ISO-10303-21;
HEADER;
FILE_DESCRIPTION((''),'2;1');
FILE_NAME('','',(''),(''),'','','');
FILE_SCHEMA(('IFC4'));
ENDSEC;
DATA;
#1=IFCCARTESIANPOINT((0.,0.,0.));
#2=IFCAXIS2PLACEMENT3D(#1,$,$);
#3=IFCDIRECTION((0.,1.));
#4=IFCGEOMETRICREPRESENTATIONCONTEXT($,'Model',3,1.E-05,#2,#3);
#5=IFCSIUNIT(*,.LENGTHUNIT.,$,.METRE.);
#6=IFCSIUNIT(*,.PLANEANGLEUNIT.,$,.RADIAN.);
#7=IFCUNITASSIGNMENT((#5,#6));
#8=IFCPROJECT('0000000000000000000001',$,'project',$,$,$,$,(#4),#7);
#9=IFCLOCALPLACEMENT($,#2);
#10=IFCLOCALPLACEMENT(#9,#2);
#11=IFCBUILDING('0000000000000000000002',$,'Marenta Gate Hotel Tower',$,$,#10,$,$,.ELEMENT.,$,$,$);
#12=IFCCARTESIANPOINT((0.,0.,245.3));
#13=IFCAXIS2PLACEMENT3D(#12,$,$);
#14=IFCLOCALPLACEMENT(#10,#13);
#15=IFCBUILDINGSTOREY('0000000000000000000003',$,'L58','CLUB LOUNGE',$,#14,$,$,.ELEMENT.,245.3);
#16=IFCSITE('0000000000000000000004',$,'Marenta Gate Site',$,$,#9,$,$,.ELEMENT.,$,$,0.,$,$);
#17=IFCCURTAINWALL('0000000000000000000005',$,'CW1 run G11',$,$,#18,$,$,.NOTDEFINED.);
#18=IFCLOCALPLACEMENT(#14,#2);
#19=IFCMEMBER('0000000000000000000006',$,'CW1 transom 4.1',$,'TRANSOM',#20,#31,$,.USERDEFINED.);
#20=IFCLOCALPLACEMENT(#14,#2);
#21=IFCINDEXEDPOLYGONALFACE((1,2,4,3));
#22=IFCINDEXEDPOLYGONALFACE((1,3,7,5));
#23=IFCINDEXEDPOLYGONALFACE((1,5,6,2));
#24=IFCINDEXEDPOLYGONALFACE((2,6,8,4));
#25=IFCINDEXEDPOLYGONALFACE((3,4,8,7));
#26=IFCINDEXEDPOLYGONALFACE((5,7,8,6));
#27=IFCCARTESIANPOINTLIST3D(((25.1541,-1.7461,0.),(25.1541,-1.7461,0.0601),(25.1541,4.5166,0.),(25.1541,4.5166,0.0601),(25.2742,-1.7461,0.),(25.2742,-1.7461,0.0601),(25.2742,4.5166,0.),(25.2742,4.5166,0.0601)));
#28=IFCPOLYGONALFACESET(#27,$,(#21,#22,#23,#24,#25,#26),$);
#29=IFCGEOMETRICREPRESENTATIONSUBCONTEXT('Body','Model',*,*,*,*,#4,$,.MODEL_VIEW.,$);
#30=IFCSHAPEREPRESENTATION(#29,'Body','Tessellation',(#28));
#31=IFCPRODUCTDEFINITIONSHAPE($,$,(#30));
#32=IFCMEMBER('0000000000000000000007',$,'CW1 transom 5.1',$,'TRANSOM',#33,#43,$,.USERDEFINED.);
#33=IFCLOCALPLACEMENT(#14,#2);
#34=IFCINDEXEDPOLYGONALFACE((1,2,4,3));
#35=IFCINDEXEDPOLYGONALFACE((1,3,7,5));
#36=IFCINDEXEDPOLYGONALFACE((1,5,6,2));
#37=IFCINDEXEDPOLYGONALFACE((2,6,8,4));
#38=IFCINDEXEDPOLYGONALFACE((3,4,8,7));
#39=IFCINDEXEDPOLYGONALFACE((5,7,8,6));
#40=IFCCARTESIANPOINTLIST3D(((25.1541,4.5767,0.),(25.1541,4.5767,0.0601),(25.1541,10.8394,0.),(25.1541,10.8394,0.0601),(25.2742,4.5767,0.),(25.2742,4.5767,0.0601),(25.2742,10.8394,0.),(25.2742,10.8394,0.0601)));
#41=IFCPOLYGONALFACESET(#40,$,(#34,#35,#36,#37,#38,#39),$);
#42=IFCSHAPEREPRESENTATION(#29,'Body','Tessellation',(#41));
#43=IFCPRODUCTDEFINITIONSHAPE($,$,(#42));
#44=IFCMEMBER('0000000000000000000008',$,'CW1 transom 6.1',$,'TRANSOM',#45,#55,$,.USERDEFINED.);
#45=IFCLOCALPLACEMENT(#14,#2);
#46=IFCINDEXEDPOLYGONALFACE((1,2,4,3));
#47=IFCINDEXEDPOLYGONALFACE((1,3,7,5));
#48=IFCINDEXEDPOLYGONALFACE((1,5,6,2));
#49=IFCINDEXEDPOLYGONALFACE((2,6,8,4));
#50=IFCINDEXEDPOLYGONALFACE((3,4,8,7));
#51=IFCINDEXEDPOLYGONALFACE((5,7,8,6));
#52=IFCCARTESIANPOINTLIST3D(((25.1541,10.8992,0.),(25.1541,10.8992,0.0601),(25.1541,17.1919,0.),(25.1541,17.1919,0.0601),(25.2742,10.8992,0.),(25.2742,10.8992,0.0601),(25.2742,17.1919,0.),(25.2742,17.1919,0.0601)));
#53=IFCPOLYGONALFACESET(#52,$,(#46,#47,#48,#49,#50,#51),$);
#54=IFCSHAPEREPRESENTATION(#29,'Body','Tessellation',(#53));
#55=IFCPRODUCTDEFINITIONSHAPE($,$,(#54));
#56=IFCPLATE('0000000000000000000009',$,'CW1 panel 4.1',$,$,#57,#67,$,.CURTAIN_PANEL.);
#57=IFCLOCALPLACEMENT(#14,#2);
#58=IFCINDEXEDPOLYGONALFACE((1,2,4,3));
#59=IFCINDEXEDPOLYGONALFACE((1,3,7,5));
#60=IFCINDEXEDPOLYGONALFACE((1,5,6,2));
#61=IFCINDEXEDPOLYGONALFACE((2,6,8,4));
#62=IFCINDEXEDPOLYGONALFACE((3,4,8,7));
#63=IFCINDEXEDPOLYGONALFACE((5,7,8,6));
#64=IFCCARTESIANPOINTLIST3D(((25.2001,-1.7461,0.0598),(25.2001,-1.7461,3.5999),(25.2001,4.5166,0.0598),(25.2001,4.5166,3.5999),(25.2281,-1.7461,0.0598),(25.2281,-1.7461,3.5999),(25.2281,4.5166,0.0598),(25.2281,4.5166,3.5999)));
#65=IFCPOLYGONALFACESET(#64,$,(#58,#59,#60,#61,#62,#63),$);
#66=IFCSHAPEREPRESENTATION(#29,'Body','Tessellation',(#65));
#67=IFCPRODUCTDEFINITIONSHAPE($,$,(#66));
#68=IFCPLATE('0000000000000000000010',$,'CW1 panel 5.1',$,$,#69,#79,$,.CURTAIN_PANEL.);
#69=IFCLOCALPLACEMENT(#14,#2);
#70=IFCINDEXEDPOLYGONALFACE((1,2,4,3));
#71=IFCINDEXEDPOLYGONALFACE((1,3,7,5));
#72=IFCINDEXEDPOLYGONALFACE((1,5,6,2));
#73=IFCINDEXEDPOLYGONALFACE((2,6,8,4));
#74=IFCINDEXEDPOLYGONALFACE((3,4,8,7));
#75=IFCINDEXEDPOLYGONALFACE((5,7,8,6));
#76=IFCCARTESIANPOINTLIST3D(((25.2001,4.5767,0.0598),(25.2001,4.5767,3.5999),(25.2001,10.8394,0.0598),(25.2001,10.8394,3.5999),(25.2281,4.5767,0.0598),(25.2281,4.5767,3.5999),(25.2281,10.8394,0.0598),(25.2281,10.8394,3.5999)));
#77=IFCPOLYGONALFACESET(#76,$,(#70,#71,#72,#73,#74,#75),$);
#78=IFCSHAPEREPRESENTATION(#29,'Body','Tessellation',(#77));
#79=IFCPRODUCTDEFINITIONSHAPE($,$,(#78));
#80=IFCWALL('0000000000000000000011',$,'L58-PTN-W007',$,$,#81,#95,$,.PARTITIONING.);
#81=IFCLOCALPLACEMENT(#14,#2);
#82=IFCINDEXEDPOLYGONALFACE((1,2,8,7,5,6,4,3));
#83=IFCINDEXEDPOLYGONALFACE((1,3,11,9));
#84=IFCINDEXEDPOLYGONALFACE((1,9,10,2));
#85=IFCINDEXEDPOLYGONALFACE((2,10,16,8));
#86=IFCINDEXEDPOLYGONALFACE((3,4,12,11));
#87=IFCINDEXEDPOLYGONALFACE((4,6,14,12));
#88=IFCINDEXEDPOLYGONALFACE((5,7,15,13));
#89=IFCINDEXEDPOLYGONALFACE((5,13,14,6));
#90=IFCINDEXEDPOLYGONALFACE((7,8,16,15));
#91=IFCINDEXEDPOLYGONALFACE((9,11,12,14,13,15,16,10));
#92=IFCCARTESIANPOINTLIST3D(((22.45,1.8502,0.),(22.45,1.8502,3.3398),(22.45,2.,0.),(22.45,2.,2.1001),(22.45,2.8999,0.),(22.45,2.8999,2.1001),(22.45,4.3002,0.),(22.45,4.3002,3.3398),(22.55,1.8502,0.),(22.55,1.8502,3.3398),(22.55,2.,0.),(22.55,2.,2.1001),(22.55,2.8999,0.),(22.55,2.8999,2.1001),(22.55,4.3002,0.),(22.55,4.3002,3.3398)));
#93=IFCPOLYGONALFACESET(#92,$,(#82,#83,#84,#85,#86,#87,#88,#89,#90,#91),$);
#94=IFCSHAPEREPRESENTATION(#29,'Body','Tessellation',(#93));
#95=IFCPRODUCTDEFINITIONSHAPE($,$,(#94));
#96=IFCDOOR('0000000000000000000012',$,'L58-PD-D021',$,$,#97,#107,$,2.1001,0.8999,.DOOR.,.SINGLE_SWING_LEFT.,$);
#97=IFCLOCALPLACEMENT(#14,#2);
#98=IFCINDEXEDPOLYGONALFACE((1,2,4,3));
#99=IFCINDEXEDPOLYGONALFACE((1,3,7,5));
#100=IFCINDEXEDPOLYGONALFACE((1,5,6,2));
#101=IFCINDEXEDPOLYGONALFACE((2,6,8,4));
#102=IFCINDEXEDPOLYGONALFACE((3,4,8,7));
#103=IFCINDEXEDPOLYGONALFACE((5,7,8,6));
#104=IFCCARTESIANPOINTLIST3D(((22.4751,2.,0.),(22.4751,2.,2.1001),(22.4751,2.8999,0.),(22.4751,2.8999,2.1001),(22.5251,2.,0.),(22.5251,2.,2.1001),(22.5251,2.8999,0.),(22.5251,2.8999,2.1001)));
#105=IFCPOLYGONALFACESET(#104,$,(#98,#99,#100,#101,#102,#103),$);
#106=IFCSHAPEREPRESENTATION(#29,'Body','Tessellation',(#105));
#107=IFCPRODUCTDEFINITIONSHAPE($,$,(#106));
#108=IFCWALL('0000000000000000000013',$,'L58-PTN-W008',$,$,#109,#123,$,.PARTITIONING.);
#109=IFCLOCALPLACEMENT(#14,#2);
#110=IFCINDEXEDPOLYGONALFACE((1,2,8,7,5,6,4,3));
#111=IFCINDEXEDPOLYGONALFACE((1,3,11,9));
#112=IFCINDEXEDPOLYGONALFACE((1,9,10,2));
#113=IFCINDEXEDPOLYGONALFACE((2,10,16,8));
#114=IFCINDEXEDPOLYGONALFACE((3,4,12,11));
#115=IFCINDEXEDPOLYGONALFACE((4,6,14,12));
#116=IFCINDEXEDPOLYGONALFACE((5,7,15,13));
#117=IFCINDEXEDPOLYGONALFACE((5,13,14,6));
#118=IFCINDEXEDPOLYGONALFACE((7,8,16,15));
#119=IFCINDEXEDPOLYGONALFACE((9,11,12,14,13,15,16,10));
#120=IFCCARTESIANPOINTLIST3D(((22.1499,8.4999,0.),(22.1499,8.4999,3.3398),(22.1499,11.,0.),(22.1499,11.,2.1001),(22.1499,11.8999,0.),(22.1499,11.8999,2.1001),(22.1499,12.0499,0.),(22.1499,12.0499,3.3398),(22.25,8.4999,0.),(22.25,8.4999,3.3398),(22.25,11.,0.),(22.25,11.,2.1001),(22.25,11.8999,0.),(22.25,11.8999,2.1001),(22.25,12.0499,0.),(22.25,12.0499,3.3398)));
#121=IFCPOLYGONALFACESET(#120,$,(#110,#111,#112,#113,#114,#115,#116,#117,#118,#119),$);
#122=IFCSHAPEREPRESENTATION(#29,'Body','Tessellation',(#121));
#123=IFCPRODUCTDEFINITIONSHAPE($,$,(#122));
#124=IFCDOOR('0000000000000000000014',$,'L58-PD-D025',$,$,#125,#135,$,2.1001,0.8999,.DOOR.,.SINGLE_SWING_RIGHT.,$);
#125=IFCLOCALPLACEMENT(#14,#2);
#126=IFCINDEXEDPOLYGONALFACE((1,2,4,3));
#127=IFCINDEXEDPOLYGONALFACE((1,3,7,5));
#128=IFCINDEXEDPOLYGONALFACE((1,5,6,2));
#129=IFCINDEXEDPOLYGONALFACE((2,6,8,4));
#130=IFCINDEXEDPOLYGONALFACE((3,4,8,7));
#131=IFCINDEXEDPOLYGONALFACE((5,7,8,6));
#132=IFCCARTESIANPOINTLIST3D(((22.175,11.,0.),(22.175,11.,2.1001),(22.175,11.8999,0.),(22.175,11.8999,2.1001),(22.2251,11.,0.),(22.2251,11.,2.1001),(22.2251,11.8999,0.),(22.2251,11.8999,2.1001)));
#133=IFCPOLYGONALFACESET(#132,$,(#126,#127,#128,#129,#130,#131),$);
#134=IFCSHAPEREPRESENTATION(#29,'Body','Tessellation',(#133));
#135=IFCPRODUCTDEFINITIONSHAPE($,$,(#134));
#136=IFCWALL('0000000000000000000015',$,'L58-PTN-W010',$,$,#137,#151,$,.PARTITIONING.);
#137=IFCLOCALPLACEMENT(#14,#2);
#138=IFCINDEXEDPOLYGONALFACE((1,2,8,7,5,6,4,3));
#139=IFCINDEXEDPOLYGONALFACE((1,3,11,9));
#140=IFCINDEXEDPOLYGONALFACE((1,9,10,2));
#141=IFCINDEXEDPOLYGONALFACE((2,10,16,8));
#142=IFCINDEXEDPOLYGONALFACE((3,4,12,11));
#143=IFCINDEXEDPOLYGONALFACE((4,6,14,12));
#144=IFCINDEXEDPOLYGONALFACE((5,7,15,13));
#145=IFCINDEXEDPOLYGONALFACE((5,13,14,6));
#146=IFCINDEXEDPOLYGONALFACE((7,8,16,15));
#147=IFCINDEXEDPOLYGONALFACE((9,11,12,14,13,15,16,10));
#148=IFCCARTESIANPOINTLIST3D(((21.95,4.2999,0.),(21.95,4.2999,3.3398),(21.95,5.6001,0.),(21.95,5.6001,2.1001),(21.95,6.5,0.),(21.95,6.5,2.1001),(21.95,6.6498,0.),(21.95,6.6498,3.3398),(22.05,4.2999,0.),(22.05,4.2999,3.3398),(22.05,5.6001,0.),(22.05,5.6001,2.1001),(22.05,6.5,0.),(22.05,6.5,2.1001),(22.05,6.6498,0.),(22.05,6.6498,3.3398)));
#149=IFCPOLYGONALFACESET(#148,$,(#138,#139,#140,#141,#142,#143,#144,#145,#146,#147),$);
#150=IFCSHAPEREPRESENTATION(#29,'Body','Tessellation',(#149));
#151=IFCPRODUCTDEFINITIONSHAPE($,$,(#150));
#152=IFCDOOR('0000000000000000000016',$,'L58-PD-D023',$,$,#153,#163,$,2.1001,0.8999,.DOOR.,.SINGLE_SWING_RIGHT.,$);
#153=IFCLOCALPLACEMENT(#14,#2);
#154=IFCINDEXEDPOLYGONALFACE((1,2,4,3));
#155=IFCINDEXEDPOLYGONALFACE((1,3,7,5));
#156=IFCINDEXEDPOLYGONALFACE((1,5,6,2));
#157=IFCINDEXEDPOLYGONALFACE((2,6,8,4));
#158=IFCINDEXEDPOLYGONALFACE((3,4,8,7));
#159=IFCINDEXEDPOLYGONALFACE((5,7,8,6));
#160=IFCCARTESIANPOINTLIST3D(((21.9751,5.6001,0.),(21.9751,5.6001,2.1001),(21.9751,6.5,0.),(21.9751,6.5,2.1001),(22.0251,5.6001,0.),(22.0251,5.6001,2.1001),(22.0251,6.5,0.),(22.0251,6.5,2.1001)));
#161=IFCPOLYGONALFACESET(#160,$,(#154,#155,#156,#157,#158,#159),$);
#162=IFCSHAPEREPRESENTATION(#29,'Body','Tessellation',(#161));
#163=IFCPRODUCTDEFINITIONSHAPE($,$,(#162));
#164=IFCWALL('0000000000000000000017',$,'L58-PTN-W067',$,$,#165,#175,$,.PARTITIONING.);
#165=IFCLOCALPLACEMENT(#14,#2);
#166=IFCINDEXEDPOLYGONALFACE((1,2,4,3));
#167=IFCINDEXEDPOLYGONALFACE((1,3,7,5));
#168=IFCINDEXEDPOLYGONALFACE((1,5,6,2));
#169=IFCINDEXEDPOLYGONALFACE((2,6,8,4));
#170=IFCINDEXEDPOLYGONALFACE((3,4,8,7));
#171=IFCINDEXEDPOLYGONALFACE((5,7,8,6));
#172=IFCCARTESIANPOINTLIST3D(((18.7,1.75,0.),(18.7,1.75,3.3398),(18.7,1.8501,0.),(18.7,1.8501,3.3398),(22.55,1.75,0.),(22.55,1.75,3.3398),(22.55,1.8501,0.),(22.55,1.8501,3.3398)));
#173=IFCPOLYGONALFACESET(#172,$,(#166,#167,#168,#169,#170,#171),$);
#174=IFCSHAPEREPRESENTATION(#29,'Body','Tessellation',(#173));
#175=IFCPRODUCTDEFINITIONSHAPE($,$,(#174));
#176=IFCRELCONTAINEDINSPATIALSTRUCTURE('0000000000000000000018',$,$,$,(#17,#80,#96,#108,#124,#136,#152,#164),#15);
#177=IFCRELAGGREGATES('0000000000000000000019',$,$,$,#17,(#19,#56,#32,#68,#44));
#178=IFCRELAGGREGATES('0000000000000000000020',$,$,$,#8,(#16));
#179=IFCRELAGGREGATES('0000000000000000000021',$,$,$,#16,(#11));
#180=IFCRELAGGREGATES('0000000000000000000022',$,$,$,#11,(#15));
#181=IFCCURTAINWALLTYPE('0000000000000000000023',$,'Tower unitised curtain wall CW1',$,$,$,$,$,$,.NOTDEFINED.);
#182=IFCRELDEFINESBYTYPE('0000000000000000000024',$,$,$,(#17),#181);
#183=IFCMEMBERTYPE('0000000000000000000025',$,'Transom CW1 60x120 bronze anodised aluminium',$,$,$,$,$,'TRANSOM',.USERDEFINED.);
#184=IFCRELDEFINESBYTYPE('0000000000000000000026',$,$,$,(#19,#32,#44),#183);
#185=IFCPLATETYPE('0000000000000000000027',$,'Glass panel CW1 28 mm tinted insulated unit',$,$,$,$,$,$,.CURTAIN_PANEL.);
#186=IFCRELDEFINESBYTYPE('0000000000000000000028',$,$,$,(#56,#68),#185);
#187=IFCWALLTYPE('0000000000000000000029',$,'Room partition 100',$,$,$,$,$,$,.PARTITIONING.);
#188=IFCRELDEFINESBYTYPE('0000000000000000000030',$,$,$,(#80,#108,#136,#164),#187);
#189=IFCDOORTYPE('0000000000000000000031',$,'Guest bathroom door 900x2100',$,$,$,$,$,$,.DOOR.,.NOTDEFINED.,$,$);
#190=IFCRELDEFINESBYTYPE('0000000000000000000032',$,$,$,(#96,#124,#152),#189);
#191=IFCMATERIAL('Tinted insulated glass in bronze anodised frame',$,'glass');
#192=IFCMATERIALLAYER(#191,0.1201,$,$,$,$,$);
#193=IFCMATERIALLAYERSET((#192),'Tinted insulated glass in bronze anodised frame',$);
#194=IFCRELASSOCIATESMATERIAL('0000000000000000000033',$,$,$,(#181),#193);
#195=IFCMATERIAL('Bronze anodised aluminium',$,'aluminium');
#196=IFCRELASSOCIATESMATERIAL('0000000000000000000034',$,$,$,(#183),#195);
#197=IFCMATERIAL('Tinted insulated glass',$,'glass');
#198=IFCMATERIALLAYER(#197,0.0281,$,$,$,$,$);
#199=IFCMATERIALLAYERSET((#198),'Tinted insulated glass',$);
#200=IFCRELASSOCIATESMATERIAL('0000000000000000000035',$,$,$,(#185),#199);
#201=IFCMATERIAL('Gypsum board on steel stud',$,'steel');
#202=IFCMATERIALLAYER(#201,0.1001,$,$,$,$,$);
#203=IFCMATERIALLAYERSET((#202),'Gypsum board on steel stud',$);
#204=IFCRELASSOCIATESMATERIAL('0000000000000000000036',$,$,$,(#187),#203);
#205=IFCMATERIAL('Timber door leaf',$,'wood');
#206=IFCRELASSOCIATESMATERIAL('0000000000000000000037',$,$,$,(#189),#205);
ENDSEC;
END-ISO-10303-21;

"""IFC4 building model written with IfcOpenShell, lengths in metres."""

from ifc_helpers import new_model, si_unit, direction, frame, frame_2d, origin, origin_2d, place, context, subcontext, project, spatial, rectangle, extrude, material, layer, layer_set, material_profile, profile_set, type_object, element, fill, aggregate, save


model = new_model("IFC4")

# Units and contexts
model_context = context("Model", 3, precision=1e-05, world=origin(), true_north=direction((0.0, 1.0)))
body_context = subcontext(model_context, "Body", "Model", "MODEL_VIEW")
ifc_project = project(units=[si_unit("LENGTHUNIT", "METRE"), si_unit("PLANEANGLEUNIT", "RADIAN")], contexts=[model_context])

# Site, building, storey
site_placement = place(None, origin())
site = spatial("IfcSite", under=ifc_project, at=site_placement, Name="Marenta Gate Site", CompositionType="ELEMENT", RefElevation=0.0)
building_placement = place(site_placement, origin())
building = spatial("IfcBuilding", under=site, at=building_placement, Name="Marenta Gate Hotel Tower", CompositionType="ELEMENT")
storey_placement = place(building_placement, frame((0.0, 0.0, 245.3)))
storey = spatial("IfcBuildingStorey", under=building, at=storey_placement, Name="L58", Description="CLUB LOUNGE", CompositionType="ELEMENT", Elevation=245.3)

# Curtain wall, members, plates
ifc_material_1 = material(Name="Tinted insulated glass in bronze anodised frame", Category="glass")
ifc_layer_1 = layer(ifc_material_1, 0.1201)
ifc_layer_set_1 = layer_set([ifc_layer_1], Name="Tinted insulated glass in bronze anodised frame")
curtain_wall_type = type_object("IfcCurtainWallType", Name="Tower unitised curtain wall CW1", PredefinedType="NOTDEFINED", material=ifc_layer_set_1)
curtain_wall_placement = place(storey_placement, origin())
curtain_wall = element("IfcCurtainWall", 1, at=curtain_wall_placement, inside=storey, type_object=curtain_wall_type, Name="CW1 run G11", PredefinedType="NOTDEFINED")
ifc_material_2 = material(Name="Bronze anodised aluminium", Category="aluminium")
ifc_material_profile_1 = material_profile(ifc_material_2, rectangle(XDim=0.1201, YDim=0.0601, at=origin_2d()), Name="Transom CW1 60x120 bronze anodised aluminium")
ifc_profile_set_1 = profile_set([ifc_material_profile_1], Name="Bronze anodised aluminium")
member_type_1 = type_object("IfcMemberType", Name="Transom CW1 60x120 bronze anodised aluminium", ElementType="TRANSOM", PredefinedType="USERDEFINED", material=ifc_profile_set_1)
member_1_placement = place(storey_placement, frame((25.2141, -1.7461, 0.03), z_axis=(0.0, 1.0, 0.0), x_axis=(-1.0, 0.0, 0.0)))
member_1 = element("IfcMember", 2, at=member_1_placement, type_object=member_type_1, Name="CW1 transom 4.1", ObjectType="TRANSOM", PredefinedType="USERDEFINED", context=body_context, shape_type="SweptSolid", body=[
    extrude(rectangle(XDim=0.1201, YDim=0.0601, at=origin_2d()), origin(), (0.0, 0.0, 1.0), 6.2627),
])
member_2_placement = place(storey_placement, frame((25.2141, 4.5767, 0.03), z_axis=(0.0, 1.0, 0.0), x_axis=(-1.0, 0.0, 0.0)))
member_2 = element("IfcMember", 3, at=member_2_placement, type_object=member_type_1, Name="CW1 transom 5.1", ObjectType="TRANSOM", PredefinedType="USERDEFINED", context=body_context, shape_type="SweptSolid", body=[
    extrude(rectangle(XDim=0.1201, YDim=0.0601, at=origin_2d()), origin(), (0.0, 0.0, 1.0), 6.2627),
])
member_3_placement = place(storey_placement, frame((25.2141, 10.8992, 0.03), z_axis=(0.0, 1.0, 0.0), x_axis=(-1.0, 0.0, 0.0)))
member_3 = element("IfcMember", 4, at=member_3_placement, type_object=member_type_1, Name="CW1 transom 6.1", ObjectType="TRANSOM", PredefinedType="USERDEFINED", context=body_context, shape_type="SweptSolid", body=[
    extrude(rectangle(XDim=0.1201, YDim=0.0601, at=origin_2d()), origin(), (0.0, 0.0, 1.0), 6.2927),
])
ifc_material_3 = material(Name="Tinted insulated glass", Category="glass")
ifc_layer_2 = layer(ifc_material_3, 0.0281)
ifc_layer_set_2 = layer_set([ifc_layer_2], Name="Tinted insulated glass")
plate_type = type_object("IfcPlateType", Name="Glass panel CW1 28 mm tinted insulated unit", PredefinedType="CURTAIN_PANEL", material=ifc_layer_set_2)
plate_1_placement = place(storey_placement, frame((25.2141, 1.3853, 0.0598), z_axis=(0.0, 0.0, 1.0), x_axis=(0.0, 1.0, 0.0)))
plate_1 = element("IfcPlate", 5, at=plate_1_placement, type_object=plate_type, Name="CW1 panel 4.1", PredefinedType="CURTAIN_PANEL", context=body_context, shape_type="SweptSolid", body=[
    extrude(rectangle(XDim=6.2627, YDim=0.0281, at=origin_2d()), origin(), (0.0, 0.0, 1.0), 3.54),
])
plate_2_placement = place(storey_placement, frame((25.2141, 7.708, 0.0598), z_axis=(0.0, 0.0, 1.0), x_axis=(0.0, 1.0, 0.0)))
plate_2 = element("IfcPlate", 6, at=plate_2_placement, type_object=plate_type, Name="CW1 panel 5.1", PredefinedType="CURTAIN_PANEL", context=body_context, shape_type="SweptSolid", body=[
    extrude(rectangle(XDim=6.2627, YDim=0.0281, at=origin_2d()), origin(), (0.0, 0.0, 1.0), 3.54),
])
aggregate(curtain_wall, [member_1, plate_1, member_2, plate_2, member_3])

# Walls, openings, doors
ifc_material_4 = material(Name="Gypsum board on steel stud", Category="steel")
ifc_layer_3 = layer(ifc_material_4, 0.1001)
ifc_layer_set_3 = layer_set([ifc_layer_3], Name="Gypsum board on steel stud")
wall_type_1 = type_object("IfcWallType", Name="Room partition 100", PredefinedType="PARTITIONING", material=ifc_layer_set_3)
wall_1_placement = place(storey_placement, frame((22.5, 1.8501, 0.0), z_axis=(0.0, 0.0, 1.0), x_axis=(0.0, 1.0, 0.0)))
wall_1 = element("IfcWall", 7, at=wall_1_placement, inside=storey, type_object=wall_type_1, Name="L58-PTN-W007", PredefinedType="PARTITIONING", context=body_context, shape_type="SweptSolid", body=[
    extrude(rectangle(XDim=2.45, YDim=0.1001, at=frame_2d((1.2251, 0.0))), origin(), (0.0, 0.0, 1.0), 3.3398),
])
opening_1_placement = place(wall_1_placement, frame((0.1499, 0.0, 0.0)))
opening_1 = element("IfcOpeningElement", 8, at=opening_1_placement, cuts=wall_1, PredefinedType="OPENING", context=body_context, shape_type="SweptSolid", body=[
    extrude(rectangle(XDim=0.8999, YDim=2.1001, at=frame_2d((0.45, 1.05))), frame((0.0, 0.05, 0.0), z_axis=(0.0, -1.0, 0.0), x_axis=(1.0, 0.0, 0.0)), (0.0, 0.0, 1.0), 0.1001),
])
ifc_material_5 = material(Name="Timber door leaf", Category="wood")
door_type = type_object("IfcDoorType", Name="Guest bathroom door 900x2100", OperationType="NOTDEFINED", PredefinedType="DOOR", material=ifc_material_5)
door_1_placement = place(opening_1_placement, origin())
door_1 = element("IfcDoor", 9, at=door_1_placement, inside=storey, type_object=door_type, Name="L58-PD-D021", OperationType="SINGLE_SWING_LEFT", OverallHeight=2.1001, OverallWidth=0.8999, PredefinedType="DOOR", context=body_context, shape_type="SweptSolid", body=[
    extrude(rectangle(XDim=0.8999, YDim=2.1001, at=frame_2d((0.45, 1.05))), frame((0.0, 0.0249, 0.0), z_axis=(0.0, -1.0, 0.0), x_axis=(1.0, 0.0, 0.0)), (0.0, 0.0, 1.0), 0.05),
])
fill(opening_1, door_1)
wall_2_placement = place(storey_placement, frame((22.2, 8.5, 0.0), z_axis=(0.0, 0.0, 1.0), x_axis=(0.0, 1.0, 0.0)))
wall_2 = element("IfcWall", 10, at=wall_2_placement, inside=storey, type_object=wall_type_1, Name="L58-PTN-W008", PredefinedType="PARTITIONING", context=body_context, shape_type="SweptSolid", body=[
    extrude(rectangle(XDim=3.55, YDim=0.1001, at=frame_2d((1.7749, 0.0))), origin(), (0.0, 0.0, 1.0), 3.3398),
])
opening_2_placement = place(wall_2_placement, frame((2.5, 0.0, 0.0)))
opening_2 = element("IfcOpeningElement", 11, at=opening_2_placement, cuts=wall_2, PredefinedType="OPENING", context=body_context, shape_type="SweptSolid", body=[
    extrude(rectangle(XDim=0.8999, YDim=2.1001, at=frame_2d((0.45, 1.05))), frame((0.0, 0.05, 0.0), z_axis=(0.0, -1.0, 0.0), x_axis=(1.0, 0.0, 0.0)), (0.0, 0.0, 1.0), 0.1001),
])
door_2_placement = place(opening_2_placement, origin())
door_2 = element("IfcDoor", 12, at=door_2_placement, inside=storey, type_object=door_type, Name="L58-PD-D025", OperationType="SINGLE_SWING_RIGHT", OverallHeight=2.1001, OverallWidth=0.8999, PredefinedType="DOOR", context=body_context, shape_type="SweptSolid", body=[
    extrude(rectangle(XDim=0.8999, YDim=2.1001, at=frame_2d((0.45, 1.05))), frame((0.0, 0.0249, 0.0), z_axis=(0.0, -1.0, 0.0), x_axis=(1.0, 0.0, 0.0)), (0.0, 0.0, 1.0), 0.05),
])
fill(opening_2, door_2)
wall_3_placement = place(storey_placement, frame((22.0, 4.3, 0.0), z_axis=(0.0, 0.0, 1.0), x_axis=(0.0, 1.0, 0.0)))
wall_3 = element("IfcWall", 13, at=wall_3_placement, inside=storey, type_object=wall_type_1, Name="L58-PTN-W010", PredefinedType="PARTITIONING", context=body_context, shape_type="SweptSolid", body=[
    extrude(rectangle(XDim=2.3499, YDim=0.1001, at=frame_2d((1.1748, 0.0))), origin(), (0.0, 0.0, 1.0), 3.3398),
])
opening_3_placement = place(wall_3_placement, frame((1.3, 0.0, 0.0)))
opening_3 = element("IfcOpeningElement", 14, at=opening_3_placement, cuts=wall_3, PredefinedType="OPENING", context=body_context, shape_type="SweptSolid", body=[
    extrude(rectangle(XDim=0.8999, YDim=2.1001, at=frame_2d((0.45, 1.05))), frame((0.0, 0.05, 0.0), z_axis=(0.0, -1.0, 0.0), x_axis=(1.0, 0.0, 0.0)), (0.0, 0.0, 1.0), 0.1001),
])
door_3_placement = place(opening_3_placement, origin())
door_3 = element("IfcDoor", 15, at=door_3_placement, inside=storey, type_object=door_type, Name="L58-PD-D023", OperationType="SINGLE_SWING_RIGHT", OverallHeight=2.1001, OverallWidth=0.8999, PredefinedType="DOOR", context=body_context, shape_type="SweptSolid", body=[
    extrude(rectangle(XDim=0.8999, YDim=2.1001, at=frame_2d((0.45, 1.05))), frame((0.0, 0.0249, 0.0), z_axis=(0.0, -1.0, 0.0), x_axis=(1.0, 0.0, 0.0)), (0.0, 0.0, 1.0), 0.05),
])
fill(opening_3, door_3)

# Wall
wall_4_placement = place(storey_placement, frame((18.7, 1.8, 0.0), z_axis=(0.0, 0.0, 1.0), x_axis=(1.0, 0.0, 0.0)))
element("IfcWall", 16, at=wall_4_placement, inside=storey, type_object=wall_type_1, Name="L58-PTN-W067", PredefinedType="PARTITIONING", context=body_context, shape_type="SweptSolid", body=[
    extrude(rectangle(XDim=3.8501, YDim=0.1001, at=frame_2d((1.925, 0.0))), origin(), (0.0, 0.0, 1.0), 3.3398),
])

save(model, "model.ifc")
